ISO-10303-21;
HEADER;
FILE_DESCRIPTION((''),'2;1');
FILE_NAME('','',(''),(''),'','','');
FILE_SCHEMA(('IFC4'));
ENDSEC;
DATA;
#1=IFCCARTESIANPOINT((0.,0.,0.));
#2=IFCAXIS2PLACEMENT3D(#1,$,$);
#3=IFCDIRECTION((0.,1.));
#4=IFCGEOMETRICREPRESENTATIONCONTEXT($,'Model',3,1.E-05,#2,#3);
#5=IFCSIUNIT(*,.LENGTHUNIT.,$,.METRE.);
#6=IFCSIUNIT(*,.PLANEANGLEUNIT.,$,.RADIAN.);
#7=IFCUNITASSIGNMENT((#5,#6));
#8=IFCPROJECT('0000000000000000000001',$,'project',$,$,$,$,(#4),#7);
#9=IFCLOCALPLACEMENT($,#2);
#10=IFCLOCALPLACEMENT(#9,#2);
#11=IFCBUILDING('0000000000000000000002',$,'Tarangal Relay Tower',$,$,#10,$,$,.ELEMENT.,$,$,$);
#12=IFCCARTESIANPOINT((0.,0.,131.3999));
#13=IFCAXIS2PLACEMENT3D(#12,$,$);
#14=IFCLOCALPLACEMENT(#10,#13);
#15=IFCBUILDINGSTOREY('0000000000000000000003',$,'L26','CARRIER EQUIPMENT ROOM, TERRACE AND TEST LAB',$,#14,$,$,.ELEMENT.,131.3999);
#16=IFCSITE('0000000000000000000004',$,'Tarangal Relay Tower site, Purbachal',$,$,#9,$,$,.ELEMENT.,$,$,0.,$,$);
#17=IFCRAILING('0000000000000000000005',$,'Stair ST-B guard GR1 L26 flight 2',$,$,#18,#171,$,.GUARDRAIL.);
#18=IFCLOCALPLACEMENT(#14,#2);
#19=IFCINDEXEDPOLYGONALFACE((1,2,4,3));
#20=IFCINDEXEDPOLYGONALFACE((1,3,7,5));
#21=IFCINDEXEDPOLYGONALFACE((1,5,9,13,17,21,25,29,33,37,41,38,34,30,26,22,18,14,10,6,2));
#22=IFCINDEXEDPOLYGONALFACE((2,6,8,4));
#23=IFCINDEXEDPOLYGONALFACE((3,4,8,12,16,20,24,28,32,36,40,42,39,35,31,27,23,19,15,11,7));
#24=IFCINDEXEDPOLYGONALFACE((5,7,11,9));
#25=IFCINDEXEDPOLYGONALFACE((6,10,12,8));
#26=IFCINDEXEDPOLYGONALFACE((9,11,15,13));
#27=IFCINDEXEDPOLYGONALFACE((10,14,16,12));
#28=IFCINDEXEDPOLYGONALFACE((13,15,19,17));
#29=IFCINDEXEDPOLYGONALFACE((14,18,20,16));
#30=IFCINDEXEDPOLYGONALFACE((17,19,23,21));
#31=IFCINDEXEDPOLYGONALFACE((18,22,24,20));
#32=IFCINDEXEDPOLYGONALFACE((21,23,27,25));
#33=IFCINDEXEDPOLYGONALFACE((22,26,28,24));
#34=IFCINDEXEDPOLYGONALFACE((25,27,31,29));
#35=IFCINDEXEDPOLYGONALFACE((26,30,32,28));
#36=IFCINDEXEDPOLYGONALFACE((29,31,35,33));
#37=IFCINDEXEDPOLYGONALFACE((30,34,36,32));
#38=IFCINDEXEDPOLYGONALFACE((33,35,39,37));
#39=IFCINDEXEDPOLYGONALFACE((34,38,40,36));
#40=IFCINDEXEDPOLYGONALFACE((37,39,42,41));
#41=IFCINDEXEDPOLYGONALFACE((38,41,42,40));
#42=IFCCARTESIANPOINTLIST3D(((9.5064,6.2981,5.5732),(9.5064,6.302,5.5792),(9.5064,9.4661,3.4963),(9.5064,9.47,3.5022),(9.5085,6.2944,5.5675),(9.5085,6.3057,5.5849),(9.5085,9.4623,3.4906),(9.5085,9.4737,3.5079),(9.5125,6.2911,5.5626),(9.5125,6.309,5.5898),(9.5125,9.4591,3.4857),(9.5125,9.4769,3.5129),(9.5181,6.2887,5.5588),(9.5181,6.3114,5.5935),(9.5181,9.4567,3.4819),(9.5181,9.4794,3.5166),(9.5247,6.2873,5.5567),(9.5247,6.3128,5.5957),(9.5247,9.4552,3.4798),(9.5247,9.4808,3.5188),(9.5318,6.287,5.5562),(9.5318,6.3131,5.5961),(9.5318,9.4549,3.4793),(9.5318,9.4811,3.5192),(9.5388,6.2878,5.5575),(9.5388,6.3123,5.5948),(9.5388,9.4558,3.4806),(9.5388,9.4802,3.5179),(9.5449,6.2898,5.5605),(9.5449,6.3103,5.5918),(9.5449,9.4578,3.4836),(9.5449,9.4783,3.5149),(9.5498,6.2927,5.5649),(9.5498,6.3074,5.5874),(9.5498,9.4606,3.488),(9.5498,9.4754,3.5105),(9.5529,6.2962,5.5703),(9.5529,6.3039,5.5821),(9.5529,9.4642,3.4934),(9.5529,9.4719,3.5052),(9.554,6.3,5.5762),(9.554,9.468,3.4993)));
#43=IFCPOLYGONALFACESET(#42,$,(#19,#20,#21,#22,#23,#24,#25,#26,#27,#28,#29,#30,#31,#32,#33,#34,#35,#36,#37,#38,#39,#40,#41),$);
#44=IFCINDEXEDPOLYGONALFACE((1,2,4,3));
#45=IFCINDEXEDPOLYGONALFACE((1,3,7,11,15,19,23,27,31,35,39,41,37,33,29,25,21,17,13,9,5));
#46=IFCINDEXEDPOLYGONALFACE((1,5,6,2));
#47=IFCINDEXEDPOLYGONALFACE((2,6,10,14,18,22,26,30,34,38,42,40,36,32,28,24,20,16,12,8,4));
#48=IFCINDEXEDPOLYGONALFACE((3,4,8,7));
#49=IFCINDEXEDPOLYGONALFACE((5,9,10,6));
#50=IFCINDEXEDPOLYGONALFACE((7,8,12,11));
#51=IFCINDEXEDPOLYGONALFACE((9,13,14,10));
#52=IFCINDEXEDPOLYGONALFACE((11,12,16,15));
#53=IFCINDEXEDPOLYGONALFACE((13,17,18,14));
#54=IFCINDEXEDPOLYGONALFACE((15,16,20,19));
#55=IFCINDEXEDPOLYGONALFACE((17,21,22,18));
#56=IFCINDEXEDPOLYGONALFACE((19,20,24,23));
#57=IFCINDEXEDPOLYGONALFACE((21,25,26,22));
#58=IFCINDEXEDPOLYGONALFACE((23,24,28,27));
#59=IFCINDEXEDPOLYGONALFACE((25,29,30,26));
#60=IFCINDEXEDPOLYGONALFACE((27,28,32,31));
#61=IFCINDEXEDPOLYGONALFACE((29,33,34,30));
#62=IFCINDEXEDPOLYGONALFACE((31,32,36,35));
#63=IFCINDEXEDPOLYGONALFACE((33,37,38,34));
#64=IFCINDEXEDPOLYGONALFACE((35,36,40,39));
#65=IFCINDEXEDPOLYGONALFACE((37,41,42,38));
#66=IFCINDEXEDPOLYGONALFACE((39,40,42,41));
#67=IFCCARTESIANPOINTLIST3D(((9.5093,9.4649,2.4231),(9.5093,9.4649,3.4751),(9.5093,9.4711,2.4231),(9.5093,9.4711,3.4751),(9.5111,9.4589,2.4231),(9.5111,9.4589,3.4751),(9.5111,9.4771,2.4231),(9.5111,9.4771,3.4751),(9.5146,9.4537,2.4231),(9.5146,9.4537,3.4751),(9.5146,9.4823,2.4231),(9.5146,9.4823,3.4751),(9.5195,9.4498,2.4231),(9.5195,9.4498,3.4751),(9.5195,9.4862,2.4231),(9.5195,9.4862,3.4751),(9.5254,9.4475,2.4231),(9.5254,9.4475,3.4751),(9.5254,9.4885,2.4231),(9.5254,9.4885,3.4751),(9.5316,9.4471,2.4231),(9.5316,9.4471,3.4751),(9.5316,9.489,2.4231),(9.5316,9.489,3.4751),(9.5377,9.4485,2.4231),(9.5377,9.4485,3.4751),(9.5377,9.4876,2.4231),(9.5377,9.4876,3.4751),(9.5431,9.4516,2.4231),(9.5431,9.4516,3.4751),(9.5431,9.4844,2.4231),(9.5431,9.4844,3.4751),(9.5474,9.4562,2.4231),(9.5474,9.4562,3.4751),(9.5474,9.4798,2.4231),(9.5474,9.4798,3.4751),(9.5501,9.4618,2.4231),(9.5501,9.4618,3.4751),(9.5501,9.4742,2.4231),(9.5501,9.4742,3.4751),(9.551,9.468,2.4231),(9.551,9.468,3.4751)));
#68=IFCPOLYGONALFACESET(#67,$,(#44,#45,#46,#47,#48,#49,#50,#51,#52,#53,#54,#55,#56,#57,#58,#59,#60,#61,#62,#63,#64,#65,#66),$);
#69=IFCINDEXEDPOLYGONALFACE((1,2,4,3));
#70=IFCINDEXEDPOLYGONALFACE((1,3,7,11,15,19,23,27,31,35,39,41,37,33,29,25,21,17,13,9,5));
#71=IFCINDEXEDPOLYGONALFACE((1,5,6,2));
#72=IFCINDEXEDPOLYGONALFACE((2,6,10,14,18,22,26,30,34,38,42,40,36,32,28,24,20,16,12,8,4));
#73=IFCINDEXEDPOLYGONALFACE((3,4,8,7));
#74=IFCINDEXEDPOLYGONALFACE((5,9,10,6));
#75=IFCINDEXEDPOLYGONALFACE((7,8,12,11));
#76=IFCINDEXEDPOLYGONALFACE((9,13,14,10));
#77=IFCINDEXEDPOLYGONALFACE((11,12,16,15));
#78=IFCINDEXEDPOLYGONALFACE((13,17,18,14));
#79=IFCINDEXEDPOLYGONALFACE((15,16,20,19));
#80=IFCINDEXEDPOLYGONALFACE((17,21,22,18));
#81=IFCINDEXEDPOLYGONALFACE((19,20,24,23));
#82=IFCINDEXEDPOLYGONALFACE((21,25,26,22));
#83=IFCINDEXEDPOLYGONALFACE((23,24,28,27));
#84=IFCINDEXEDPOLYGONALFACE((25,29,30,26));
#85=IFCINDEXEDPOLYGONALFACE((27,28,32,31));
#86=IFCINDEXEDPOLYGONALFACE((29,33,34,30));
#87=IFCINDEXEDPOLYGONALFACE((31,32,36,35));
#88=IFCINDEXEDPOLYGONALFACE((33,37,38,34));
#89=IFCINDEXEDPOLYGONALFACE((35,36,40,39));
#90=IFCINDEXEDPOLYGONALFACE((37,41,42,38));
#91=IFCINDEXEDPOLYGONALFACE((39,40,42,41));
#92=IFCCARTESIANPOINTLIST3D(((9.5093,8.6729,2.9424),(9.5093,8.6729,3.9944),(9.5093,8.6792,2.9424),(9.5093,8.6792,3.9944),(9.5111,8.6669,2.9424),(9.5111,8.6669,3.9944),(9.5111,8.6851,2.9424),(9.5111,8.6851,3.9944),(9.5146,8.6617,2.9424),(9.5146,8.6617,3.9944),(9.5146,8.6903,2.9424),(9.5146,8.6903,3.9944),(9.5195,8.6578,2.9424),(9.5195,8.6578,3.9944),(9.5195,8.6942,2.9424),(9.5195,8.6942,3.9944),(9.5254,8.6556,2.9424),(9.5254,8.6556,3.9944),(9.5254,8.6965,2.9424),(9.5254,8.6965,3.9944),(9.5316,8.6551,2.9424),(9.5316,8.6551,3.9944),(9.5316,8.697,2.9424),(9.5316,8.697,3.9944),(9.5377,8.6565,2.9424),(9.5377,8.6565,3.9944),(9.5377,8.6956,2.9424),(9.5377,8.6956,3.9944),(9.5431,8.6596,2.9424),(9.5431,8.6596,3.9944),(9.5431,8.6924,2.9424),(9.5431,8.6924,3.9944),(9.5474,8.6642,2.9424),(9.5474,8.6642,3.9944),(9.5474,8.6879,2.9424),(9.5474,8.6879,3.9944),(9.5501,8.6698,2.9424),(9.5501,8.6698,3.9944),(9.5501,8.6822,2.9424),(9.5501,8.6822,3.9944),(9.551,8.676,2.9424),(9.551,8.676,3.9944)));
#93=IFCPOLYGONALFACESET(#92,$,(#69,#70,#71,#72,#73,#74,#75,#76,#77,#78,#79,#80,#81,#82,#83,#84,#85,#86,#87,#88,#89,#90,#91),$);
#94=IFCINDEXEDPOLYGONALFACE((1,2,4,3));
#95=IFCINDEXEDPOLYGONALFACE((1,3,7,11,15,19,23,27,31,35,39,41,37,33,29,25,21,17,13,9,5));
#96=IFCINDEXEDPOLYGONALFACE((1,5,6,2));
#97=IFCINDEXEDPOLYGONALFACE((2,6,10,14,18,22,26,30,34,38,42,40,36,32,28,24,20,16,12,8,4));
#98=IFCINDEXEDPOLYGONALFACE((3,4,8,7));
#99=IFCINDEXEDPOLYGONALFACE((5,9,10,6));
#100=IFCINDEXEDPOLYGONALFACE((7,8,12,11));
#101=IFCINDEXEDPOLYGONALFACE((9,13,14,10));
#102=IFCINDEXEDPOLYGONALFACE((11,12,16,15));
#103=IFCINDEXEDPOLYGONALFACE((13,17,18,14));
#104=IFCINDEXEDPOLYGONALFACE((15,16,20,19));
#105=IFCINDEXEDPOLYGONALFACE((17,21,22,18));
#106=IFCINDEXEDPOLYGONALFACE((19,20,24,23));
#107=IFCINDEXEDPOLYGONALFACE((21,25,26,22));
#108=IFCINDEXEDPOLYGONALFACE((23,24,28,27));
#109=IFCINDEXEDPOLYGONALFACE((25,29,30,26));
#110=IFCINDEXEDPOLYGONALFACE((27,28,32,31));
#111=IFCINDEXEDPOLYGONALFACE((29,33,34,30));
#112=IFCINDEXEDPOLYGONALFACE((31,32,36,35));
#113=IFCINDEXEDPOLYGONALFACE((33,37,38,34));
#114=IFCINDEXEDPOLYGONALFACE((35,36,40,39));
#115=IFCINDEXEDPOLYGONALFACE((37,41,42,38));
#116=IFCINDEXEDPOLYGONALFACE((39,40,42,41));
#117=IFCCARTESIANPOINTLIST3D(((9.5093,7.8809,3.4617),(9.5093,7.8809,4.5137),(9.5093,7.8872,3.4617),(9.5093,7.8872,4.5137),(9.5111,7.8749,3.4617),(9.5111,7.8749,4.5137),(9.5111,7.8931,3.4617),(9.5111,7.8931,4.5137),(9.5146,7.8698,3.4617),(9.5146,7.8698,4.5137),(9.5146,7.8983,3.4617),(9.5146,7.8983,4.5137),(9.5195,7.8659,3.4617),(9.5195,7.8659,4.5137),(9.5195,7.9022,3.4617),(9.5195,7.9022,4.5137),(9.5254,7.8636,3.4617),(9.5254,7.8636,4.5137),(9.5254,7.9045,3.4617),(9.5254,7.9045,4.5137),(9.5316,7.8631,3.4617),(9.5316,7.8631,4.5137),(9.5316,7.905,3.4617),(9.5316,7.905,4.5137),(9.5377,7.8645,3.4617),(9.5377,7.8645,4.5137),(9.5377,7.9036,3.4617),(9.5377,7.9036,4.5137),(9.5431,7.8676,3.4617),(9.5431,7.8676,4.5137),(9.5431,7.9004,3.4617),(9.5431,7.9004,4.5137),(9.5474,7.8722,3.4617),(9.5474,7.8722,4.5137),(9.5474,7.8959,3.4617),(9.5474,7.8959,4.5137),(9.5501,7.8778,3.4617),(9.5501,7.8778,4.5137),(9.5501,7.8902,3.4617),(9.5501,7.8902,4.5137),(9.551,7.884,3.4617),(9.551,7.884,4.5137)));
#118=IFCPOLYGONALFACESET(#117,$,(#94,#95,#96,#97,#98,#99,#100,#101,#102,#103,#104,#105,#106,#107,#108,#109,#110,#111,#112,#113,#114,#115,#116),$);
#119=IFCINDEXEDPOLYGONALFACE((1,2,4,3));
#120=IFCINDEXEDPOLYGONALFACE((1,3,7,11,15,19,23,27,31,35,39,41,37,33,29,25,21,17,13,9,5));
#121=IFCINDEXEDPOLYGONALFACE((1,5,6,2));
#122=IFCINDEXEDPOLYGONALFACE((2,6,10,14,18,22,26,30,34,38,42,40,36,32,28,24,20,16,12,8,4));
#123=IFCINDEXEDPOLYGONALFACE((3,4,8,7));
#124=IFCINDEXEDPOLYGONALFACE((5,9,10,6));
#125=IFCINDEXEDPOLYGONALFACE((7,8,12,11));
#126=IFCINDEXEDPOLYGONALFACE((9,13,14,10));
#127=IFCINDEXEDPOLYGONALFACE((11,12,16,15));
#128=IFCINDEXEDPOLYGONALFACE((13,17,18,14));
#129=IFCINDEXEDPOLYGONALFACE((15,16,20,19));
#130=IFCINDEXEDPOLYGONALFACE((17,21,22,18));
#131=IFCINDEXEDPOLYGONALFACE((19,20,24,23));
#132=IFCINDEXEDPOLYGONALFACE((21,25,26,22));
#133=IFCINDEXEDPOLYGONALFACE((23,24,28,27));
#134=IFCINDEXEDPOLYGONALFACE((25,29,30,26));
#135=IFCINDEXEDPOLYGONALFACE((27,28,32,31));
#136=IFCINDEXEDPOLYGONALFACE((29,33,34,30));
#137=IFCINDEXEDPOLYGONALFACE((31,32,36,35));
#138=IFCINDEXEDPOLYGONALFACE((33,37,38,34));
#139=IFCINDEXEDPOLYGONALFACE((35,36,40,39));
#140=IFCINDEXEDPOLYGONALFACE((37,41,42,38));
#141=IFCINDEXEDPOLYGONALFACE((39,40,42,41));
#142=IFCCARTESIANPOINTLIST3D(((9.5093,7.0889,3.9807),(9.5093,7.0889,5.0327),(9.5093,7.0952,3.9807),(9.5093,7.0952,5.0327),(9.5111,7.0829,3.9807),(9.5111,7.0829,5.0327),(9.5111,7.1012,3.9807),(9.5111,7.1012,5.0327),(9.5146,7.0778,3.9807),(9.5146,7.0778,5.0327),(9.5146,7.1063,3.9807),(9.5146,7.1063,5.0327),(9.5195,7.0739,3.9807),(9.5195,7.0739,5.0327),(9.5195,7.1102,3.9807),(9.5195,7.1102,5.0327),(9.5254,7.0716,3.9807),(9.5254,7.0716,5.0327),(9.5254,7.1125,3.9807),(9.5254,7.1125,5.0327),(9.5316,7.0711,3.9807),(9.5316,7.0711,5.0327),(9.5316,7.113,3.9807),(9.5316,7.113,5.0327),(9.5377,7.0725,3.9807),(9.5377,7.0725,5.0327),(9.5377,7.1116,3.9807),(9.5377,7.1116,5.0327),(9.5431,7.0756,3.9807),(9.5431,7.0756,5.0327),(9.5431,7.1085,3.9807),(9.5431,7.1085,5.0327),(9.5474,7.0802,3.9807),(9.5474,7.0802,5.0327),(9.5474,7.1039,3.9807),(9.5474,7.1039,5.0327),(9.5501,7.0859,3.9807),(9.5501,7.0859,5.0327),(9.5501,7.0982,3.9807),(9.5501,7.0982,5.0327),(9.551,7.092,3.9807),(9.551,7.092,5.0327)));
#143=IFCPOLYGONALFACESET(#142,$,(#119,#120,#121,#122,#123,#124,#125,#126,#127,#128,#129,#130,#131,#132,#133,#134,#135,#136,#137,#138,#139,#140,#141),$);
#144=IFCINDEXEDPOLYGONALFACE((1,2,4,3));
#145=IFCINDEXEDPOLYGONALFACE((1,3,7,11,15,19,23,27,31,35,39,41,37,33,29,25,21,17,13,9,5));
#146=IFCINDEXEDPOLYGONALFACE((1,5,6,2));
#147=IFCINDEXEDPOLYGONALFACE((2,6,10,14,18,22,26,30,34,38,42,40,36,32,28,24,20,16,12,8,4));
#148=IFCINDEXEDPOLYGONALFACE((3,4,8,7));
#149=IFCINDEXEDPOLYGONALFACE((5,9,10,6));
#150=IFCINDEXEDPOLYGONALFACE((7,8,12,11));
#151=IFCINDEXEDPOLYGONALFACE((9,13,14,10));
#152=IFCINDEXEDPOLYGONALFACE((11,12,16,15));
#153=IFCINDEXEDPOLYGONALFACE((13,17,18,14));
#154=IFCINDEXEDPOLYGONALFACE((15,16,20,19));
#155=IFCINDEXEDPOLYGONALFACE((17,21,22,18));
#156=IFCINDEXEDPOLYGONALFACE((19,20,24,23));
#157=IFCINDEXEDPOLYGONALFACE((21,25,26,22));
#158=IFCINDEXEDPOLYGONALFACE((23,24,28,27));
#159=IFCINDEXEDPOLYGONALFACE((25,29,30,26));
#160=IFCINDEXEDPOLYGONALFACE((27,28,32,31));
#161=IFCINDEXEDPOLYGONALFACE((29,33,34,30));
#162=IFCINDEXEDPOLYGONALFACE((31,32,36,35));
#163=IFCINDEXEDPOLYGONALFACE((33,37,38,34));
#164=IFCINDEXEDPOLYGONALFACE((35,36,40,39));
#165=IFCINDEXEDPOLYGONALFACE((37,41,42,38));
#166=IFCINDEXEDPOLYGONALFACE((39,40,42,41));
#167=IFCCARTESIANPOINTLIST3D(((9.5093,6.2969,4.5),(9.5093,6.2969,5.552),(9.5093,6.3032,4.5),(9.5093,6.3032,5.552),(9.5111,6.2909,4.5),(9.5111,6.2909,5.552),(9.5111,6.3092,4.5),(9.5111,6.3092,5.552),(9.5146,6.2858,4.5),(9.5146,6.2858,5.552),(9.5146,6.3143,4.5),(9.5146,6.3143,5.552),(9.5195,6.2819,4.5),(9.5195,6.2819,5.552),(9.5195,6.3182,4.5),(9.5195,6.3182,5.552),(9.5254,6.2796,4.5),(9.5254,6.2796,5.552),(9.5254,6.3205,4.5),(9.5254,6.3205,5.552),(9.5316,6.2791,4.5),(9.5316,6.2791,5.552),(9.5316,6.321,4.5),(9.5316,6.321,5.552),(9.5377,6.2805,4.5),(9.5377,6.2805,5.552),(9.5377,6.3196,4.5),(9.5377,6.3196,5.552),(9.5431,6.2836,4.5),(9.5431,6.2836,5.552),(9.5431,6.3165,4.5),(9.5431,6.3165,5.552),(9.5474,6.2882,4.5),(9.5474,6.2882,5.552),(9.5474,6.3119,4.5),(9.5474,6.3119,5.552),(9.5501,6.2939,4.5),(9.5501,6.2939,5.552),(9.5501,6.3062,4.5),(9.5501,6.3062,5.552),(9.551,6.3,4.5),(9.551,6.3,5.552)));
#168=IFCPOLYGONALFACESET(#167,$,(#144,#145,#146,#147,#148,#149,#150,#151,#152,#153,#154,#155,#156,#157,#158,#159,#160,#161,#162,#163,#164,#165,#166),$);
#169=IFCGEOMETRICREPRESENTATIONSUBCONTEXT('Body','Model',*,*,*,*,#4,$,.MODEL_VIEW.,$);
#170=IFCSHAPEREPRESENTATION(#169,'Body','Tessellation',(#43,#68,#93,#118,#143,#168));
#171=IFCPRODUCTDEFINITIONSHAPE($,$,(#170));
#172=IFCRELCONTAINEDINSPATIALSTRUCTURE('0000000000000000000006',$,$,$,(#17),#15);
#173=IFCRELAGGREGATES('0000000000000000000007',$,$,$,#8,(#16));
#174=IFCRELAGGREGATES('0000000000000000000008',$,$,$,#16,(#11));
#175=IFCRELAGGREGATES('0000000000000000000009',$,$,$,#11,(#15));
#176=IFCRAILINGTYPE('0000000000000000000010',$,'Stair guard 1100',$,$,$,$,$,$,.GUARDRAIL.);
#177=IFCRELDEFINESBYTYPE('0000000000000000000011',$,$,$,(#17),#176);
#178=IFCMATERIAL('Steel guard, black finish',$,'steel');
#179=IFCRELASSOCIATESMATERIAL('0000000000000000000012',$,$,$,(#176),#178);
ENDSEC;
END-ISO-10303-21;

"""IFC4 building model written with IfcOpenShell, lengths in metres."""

from ifc_helpers import new_model, si_unit, direction, frame, origin, origin_2d, place, context, subcontext, project, spatial, circle, extrude, material, type_object, element, save


model = new_model("IFC4")

# Units and contexts
model_context = context("Model", 3, precision=1e-05, world=origin(), true_north=direction((0.0, 1.0)))
body_context = subcontext(model_context, "Body", "Model", "MODEL_VIEW")
ifc_project = project(units=[si_unit("LENGTHUNIT", "METRE"), si_unit("PLANEANGLEUNIT", "RADIAN")], contexts=[model_context])

# Site, building, storey
site_placement = place(None, origin())
site = spatial("IfcSite", under=ifc_project, at=site_placement, Name="Tarangal Relay Tower site, Purbachal", CompositionType="ELEMENT", RefElevation=0.0)
building_placement = place(site_placement, origin())
building = spatial("IfcBuilding", under=site, at=building_placement, Name="Tarangal Relay Tower", CompositionType="ELEMENT")
storey_placement = place(building_placement, frame((0.0, 0.0, 131.3999)))
storey = spatial("IfcBuildingStorey", under=building, at=storey_placement, Name="L26", Description="CARRIER EQUIPMENT ROOM, TERRACE AND TEST LAB", CompositionType="ELEMENT", Elevation=131.3999)

# Railing
ifc_material_1 = material(Name="Steel guard, black finish", Category="steel")
railing_type_1 = type_object("IfcRailingType", Name="Stair guard 1100", PredefinedType="GUARDRAIL", material=ifc_material_1)
railing_1_placement = place(storey_placement, frame((9.53, 9.468, 2.4231)))
element("IfcRailing", 1, at=railing_1_placement, inside=storey, type_object=railing_type_1, Name="Stair ST-B guard GR1 L26 flight 2", PredefinedType="GUARDRAIL", context=body_context, shape_type="SweptSolid", body=[
    extrude(circle(Radius=0.0239, at=origin_2d()), frame((0.0, 0.0, 1.0762), z_axis=(0.0, -0.836299, 0.548273), x_axis=(1.0, 0.0, 0.0)), (0.0, 0.0, 1.0), 3.7881),
    extrude(circle(Radius=0.021, at=origin_2d()), origin(), (0.0, 0.0, 1.0), 1.052),
    extrude(circle(Radius=0.021, at=origin_2d()), frame((0.0, -0.792, 0.5193)), (0.0, 0.0, 1.0), 1.052),
    extrude(circle(Radius=0.021, at=origin_2d()), frame((0.0, -1.584, 1.0386)), (0.0, 0.0, 1.0), 1.052),
    extrude(circle(Radius=0.021, at=origin_2d()), frame((0.0, -2.376, 1.5576)), (0.0, 0.0, 1.0), 1.052),
    extrude(circle(Radius=0.021, at=origin_2d()), frame((0.0, -3.168, 2.0769)), (0.0, 0.0, 1.0), 1.052),
])

save(model, "model.ifc")
